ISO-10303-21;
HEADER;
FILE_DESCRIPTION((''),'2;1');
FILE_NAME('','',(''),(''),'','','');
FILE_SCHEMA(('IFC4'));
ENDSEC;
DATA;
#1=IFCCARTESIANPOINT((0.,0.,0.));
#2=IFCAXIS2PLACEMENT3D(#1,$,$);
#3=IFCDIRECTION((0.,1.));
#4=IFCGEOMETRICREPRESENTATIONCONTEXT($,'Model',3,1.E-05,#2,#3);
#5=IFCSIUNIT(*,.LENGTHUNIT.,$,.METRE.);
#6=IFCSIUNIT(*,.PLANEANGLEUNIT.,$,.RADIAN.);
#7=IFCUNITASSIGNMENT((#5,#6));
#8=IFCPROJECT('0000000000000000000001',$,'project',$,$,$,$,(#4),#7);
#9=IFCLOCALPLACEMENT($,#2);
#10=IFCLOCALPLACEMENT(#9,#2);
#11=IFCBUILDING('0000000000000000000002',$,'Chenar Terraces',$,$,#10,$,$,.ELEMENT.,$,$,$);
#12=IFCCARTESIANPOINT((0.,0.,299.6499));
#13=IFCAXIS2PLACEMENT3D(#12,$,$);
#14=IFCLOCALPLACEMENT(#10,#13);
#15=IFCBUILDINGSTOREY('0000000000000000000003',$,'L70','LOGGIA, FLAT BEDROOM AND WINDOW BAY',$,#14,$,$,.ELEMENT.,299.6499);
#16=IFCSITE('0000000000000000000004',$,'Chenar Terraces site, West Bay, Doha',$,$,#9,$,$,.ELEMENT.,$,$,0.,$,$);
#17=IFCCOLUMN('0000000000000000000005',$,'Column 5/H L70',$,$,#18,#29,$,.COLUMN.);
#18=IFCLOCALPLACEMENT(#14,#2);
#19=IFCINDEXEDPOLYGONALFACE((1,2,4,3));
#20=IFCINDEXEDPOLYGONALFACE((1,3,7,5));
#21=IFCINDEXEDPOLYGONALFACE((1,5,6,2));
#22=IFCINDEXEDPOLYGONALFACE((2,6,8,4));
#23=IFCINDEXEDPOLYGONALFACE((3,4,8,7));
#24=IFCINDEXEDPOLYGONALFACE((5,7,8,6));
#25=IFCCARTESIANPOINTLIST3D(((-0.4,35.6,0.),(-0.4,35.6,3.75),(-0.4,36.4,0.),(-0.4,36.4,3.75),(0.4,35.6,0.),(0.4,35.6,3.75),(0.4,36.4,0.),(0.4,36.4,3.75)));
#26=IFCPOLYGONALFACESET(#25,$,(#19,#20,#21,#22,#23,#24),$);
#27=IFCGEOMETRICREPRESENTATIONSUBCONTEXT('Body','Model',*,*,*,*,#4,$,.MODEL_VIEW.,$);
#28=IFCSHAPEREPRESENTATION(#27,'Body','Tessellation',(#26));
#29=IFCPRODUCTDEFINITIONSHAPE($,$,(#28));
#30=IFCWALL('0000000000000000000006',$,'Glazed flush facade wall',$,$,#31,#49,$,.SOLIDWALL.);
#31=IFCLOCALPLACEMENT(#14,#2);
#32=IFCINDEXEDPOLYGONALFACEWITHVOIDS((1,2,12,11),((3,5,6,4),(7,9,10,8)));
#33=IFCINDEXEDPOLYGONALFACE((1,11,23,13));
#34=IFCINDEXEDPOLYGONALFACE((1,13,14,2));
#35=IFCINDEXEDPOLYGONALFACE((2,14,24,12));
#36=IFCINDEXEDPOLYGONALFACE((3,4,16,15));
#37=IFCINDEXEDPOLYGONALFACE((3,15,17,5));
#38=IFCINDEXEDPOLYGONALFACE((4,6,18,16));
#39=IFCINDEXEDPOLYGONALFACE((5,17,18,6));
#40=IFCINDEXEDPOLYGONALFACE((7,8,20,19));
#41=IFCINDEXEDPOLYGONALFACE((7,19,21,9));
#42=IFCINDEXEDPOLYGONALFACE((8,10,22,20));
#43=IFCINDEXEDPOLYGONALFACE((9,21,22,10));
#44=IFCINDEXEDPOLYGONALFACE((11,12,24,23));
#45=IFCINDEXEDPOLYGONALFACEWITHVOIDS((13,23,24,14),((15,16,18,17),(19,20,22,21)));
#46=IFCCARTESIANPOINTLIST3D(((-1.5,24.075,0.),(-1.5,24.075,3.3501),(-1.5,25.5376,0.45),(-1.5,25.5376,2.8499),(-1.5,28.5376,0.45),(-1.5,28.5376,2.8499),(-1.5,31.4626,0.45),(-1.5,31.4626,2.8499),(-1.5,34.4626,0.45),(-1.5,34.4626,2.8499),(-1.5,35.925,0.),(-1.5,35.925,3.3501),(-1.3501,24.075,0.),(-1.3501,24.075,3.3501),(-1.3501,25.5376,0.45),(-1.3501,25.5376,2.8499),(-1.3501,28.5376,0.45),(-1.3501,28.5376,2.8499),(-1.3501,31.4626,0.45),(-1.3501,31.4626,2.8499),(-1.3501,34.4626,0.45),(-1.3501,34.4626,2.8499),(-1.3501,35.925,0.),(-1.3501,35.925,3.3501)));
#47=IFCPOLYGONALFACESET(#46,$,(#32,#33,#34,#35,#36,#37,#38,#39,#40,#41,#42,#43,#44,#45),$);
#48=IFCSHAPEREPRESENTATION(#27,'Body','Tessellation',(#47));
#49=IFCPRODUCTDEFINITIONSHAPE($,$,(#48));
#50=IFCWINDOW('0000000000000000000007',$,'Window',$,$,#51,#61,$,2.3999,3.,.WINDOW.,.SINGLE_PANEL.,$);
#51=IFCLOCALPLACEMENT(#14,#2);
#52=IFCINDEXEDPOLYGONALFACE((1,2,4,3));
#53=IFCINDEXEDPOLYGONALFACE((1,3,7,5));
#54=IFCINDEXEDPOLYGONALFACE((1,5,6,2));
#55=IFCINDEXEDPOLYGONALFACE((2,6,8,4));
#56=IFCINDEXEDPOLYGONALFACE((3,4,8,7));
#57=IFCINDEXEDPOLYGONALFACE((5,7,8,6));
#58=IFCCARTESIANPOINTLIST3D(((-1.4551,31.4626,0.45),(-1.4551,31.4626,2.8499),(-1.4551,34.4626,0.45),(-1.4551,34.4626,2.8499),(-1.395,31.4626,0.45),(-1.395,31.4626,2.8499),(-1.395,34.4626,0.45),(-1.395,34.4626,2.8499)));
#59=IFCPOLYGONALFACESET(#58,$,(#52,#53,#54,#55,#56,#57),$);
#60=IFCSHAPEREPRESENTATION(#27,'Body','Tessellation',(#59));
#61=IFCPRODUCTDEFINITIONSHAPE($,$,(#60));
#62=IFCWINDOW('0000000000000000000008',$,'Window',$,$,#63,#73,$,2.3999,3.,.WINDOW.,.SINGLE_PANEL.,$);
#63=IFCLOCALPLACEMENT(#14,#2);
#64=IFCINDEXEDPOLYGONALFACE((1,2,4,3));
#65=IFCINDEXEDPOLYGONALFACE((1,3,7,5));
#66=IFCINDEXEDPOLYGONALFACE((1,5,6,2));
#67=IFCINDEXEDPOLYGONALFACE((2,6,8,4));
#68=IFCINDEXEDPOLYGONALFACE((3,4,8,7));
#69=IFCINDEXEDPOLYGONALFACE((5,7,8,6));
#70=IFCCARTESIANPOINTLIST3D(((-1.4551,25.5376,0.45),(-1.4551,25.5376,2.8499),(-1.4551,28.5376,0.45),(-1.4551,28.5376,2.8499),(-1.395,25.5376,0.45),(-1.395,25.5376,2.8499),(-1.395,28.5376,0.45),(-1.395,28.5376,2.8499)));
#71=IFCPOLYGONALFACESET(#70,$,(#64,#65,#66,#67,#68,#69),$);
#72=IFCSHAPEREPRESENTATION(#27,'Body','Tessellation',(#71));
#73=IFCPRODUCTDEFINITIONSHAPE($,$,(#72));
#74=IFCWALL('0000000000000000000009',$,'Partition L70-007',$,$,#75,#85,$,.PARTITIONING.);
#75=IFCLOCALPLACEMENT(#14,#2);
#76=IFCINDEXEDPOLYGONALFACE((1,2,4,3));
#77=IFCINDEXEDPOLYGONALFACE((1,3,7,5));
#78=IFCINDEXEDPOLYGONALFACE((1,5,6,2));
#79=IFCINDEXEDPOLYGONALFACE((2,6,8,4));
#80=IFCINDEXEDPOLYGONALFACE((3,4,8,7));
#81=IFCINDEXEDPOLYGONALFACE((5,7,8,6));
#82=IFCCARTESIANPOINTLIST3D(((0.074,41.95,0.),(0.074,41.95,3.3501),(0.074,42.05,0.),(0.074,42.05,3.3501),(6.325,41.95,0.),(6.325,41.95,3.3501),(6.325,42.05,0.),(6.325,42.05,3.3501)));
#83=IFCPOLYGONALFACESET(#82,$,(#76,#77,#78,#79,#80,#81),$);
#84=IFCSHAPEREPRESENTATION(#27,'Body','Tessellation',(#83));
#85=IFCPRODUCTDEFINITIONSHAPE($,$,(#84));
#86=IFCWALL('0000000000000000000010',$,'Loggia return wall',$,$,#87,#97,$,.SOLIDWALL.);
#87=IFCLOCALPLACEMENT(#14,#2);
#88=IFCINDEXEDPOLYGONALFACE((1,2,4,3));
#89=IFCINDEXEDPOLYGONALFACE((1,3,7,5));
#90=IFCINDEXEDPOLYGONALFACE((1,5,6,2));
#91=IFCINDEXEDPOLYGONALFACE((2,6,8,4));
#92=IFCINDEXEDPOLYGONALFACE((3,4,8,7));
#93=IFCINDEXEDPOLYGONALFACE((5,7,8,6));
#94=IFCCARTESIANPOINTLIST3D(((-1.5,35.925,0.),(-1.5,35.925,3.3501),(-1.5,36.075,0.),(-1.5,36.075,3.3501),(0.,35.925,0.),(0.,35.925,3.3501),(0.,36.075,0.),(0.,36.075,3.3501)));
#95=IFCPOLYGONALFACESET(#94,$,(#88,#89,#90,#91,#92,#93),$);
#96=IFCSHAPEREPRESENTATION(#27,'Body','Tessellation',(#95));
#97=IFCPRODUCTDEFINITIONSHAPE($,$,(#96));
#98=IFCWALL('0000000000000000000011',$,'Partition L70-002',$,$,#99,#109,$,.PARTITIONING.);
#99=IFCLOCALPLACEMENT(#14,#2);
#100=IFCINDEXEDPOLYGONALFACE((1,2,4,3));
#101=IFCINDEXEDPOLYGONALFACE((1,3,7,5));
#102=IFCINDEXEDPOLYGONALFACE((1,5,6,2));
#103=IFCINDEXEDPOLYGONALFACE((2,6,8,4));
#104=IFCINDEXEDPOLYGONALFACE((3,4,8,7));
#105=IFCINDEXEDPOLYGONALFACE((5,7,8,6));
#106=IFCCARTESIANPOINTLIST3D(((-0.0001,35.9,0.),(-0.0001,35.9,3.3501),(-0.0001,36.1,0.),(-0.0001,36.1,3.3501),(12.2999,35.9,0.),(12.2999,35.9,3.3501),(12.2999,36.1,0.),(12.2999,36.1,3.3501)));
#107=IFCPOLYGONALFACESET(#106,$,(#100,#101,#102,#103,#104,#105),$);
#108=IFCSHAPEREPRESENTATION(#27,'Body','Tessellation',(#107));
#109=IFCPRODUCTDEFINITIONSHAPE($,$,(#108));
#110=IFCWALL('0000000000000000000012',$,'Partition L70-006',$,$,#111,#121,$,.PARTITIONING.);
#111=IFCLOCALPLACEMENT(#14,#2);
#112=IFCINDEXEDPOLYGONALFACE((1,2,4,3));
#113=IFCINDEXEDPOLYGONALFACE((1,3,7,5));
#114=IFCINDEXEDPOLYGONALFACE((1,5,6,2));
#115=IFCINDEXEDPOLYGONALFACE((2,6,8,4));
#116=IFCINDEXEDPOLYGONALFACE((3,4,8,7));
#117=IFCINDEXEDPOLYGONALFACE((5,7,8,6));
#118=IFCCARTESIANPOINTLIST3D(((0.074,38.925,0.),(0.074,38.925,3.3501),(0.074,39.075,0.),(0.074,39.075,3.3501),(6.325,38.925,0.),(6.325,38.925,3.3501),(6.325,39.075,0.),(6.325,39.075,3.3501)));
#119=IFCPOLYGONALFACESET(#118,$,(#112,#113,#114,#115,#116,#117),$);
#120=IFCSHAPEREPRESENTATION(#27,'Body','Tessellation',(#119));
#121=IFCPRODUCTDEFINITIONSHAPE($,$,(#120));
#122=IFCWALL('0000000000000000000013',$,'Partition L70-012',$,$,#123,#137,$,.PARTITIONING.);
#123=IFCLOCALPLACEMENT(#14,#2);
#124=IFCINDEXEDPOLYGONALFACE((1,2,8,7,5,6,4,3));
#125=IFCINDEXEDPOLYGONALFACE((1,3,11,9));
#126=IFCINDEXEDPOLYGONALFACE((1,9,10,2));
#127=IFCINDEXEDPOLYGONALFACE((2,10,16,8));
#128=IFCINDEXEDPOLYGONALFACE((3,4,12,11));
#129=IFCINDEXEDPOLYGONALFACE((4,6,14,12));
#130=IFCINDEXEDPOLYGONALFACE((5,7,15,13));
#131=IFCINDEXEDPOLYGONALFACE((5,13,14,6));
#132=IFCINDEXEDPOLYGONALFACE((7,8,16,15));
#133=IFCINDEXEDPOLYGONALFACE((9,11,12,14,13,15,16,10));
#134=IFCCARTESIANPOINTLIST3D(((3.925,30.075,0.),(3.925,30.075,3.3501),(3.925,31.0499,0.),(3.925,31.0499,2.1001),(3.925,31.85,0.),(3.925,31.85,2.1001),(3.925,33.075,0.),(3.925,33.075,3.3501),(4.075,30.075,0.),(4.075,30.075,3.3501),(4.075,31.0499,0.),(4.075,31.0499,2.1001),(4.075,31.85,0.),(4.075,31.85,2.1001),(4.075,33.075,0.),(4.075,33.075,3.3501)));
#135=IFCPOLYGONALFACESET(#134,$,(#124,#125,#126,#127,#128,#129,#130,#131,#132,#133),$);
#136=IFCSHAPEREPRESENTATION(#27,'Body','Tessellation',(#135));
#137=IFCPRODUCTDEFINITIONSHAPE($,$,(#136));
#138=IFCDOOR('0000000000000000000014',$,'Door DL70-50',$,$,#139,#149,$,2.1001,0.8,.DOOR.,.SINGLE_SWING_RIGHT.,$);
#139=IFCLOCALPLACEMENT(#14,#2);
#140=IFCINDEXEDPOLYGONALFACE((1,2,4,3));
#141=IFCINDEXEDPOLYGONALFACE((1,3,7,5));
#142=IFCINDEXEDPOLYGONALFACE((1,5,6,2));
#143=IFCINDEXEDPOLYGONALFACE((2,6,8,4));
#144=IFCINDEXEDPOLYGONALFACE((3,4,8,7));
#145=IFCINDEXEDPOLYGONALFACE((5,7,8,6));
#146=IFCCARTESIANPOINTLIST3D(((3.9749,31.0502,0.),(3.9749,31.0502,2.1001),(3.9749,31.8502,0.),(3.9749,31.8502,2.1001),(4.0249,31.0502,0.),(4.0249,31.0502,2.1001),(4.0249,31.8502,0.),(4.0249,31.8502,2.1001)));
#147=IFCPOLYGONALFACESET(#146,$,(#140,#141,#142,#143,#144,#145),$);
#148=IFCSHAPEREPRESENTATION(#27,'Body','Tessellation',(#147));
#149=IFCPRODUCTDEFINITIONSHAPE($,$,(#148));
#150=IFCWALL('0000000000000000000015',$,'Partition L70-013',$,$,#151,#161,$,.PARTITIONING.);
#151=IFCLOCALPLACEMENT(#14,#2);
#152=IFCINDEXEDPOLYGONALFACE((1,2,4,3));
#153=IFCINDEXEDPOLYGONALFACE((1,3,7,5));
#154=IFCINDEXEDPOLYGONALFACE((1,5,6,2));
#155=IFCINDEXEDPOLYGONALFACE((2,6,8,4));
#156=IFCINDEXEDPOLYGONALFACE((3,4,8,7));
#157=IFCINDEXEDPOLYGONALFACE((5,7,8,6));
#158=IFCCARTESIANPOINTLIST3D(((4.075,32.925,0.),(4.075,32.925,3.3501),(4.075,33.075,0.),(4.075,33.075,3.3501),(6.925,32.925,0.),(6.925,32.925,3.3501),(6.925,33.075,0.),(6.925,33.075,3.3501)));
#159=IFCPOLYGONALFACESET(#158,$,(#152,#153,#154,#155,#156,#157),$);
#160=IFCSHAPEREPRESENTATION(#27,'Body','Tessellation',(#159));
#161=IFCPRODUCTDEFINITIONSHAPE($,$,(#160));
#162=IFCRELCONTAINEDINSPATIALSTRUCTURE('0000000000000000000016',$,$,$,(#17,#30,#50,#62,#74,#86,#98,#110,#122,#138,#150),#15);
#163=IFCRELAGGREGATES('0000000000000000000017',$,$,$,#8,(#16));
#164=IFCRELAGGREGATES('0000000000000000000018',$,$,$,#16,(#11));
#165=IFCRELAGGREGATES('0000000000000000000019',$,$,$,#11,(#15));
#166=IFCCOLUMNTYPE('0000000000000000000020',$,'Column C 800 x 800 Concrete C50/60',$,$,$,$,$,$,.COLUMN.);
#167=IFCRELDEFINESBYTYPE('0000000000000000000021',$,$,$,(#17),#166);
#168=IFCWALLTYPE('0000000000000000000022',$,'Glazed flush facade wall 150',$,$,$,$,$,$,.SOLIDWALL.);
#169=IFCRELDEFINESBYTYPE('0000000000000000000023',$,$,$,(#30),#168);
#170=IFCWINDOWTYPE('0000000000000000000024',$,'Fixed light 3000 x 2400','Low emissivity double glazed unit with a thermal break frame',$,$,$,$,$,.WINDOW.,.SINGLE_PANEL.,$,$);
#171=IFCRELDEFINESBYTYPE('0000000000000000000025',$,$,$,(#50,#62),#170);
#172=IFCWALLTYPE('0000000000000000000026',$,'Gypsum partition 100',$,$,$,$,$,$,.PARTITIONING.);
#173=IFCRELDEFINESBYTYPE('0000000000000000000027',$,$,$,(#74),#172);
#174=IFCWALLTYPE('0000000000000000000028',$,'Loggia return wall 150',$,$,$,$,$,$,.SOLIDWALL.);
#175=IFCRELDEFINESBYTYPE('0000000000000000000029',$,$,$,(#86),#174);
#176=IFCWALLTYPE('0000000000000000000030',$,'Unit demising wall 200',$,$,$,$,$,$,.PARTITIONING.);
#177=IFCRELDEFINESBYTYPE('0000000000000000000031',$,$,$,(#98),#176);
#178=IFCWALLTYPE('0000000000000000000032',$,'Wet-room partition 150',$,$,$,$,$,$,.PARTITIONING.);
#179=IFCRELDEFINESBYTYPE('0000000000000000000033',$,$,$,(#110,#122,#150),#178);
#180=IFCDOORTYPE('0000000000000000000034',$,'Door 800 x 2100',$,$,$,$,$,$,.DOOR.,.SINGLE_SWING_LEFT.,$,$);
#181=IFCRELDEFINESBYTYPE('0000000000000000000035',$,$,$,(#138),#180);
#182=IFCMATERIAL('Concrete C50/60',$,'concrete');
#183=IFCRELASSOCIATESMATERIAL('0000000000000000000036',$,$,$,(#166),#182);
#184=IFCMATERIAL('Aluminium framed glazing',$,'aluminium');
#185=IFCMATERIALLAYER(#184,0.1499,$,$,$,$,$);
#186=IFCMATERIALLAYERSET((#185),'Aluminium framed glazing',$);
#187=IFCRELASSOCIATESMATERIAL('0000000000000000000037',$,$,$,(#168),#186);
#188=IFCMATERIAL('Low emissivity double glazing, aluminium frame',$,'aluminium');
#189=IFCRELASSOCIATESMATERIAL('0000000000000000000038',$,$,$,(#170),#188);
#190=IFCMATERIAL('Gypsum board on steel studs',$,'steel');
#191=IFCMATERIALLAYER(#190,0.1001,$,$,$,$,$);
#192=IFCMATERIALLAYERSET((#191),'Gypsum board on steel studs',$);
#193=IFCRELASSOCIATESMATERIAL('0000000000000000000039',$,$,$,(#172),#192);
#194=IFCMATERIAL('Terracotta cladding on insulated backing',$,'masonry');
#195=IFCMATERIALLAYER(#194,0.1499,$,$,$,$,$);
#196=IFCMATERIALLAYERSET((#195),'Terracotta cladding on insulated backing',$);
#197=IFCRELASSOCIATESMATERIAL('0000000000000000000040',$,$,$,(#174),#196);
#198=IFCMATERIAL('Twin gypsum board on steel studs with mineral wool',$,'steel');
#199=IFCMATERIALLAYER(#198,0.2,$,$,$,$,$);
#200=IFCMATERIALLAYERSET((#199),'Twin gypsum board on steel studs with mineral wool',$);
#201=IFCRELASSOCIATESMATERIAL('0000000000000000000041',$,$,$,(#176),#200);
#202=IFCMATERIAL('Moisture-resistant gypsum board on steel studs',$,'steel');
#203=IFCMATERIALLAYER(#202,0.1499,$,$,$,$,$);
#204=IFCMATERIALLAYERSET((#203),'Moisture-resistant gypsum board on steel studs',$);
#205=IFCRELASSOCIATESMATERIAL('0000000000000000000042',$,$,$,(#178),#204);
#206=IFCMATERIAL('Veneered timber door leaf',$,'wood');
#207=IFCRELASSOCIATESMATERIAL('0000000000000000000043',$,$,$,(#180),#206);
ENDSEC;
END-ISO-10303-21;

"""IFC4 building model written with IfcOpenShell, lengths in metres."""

from ifc_helpers import new_model, si_unit, direction, frame, frame_2d, origin, origin_2d, place, context, subcontext, project, spatial, rectangle, extrude, material, layer, layer_set, material_profile, profile_set, type_object, element, fill, save


model = new_model("IFC4")

# Units and contexts
model_context = context("Model", 3, precision=1e-05, world=origin(), true_north=direction((0.0, 1.0)))
body_context = subcontext(model_context, "Body", "Model", "MODEL_VIEW")
ifc_project = project(units=[si_unit("LENGTHUNIT", "METRE"), si_unit("PLANEANGLEUNIT", "RADIAN")], contexts=[model_context])

# Site, building, storey
site_placement = place(None, origin())
site = spatial("IfcSite", under=ifc_project, at=site_placement, Name="Chenar Terraces site, West Bay, Doha", CompositionType="ELEMENT", RefElevation=0.0)
building_placement = place(site_placement, origin())
building = spatial("IfcBuilding", under=site, at=building_placement, Name="Chenar Terraces", CompositionType="ELEMENT")
storey_placement = place(building_placement, frame((0.0, 0.0, 299.6499)))
storey = spatial("IfcBuildingStorey", under=building, at=storey_placement, Name="L70", Description="LOGGIA, FLAT BEDROOM AND WINDOW BAY", CompositionType="ELEMENT", Elevation=299.6499)

# Column
ifc_material_1 = material(Name="Concrete C50/60", Category="concrete")
ifc_material_profile = material_profile(ifc_material_1, rectangle(XDim=0.8, YDim=0.8, at=origin_2d()), Name="C 800 x 800")
ifc_profile_set = profile_set([ifc_material_profile], Name="Concrete C50/60")
column_type = type_object("IfcColumnType", Name="Column C 800 x 800 Concrete C50/60", PredefinedType="COLUMN", material=ifc_profile_set)
placement = place(storey_placement, frame((0.0, 36.0, 0.0), z_axis=(0.0, 0.0, 1.0), x_axis=(1.0, 0.0, 0.0)))
element("IfcColumn", 1, at=placement, inside=storey, type_object=column_type, Name="Column 5/H L70", PredefinedType="COLUMN", context=body_context, shape_type="SweptSolid", body=[
    extrude(rectangle(XDim=0.8, YDim=0.8, at=origin_2d()), origin(), (0.0, 0.0, 1.0), 3.75),
])

# Wall, openings, windows
ifc_material_2 = material(Name="Aluminium framed glazing", Category="aluminium")
ifc_layer_1 = layer(ifc_material_2, 0.1499)
ifc_layer_set_1 = layer_set([ifc_layer_1], Name="Aluminium framed glazing")
wall_type_1 = type_object("IfcWallType", Name="Glazed flush facade wall 150", PredefinedType="SOLIDWALL", material=ifc_layer_set_1)
wall_1_placement = place(storey_placement, frame((-1.425, 35.925, 0.0), z_axis=(0.0, 0.0, 1.0), x_axis=(0.0, -1.0, 0.0)))
wall_1 = element("IfcWall", 2, at=wall_1_placement, inside=storey, type_object=wall_type_1, Name="Glazed flush facade wall", PredefinedType="SOLIDWALL", context=body_context, shape_type="SweptSolid", body=[
    extrude(rectangle(XDim=11.8501, YDim=0.1499, at=frame_2d((5.925, 0.0))), origin(), (0.0, 0.0, 1.0), 3.3501),
])
opening_1_placement = place(wall_1_placement, frame((1.4624, 0.0, 0.45)))
opening_1 = element("IfcOpeningElement", 3, at=opening_1_placement, cuts=wall_1, PredefinedType="OPENING", context=body_context, shape_type="SweptSolid", body=[
    extrude(rectangle(XDim=3.0, YDim=2.3999, at=frame_2d((1.5, 1.2))), frame((0.0, 0.085, 0.0), z_axis=(0.0, -1.0, 0.0), x_axis=(1.0, 0.0, 0.0)), (0.0, 0.0, 1.0), 0.1699),
])
opening_2_placement = place(wall_1_placement, frame((7.3875, 0.0, 0.45)))
opening_2 = element("IfcOpeningElement", 4, at=opening_2_placement, cuts=wall_1, PredefinedType="OPENING", context=body_context, shape_type="SweptSolid", body=[
    extrude(rectangle(XDim=3.0, YDim=2.3999, at=frame_2d((1.5, 1.2))), frame((0.0, 0.085, 0.0), z_axis=(0.0, -1.0, 0.0), x_axis=(1.0, 0.0, 0.0)), (0.0, 0.0, 1.0), 0.1699),
])
ifc_material_3 = material(Name="Low emissivity double glazing, aluminium frame", Category="aluminium")
window_type = type_object("IfcWindowType", Name="Fixed light 3000 x 2400", Description="Low emissivity double glazed unit with a thermal break frame", PartitioningType="SINGLE_PANEL", PredefinedType="WINDOW", material=ifc_material_3)
window_1_placement = place(opening_1_placement, origin())
window_1 = element("IfcWindow", 5, at=window_1_placement, inside=storey, type_object=window_type, Name="Window", OverallHeight=2.3999, OverallWidth=3.0, PartitioningType="SINGLE_PANEL", PredefinedType="WINDOW", context=body_context, shape_type="SweptSolid", body=[
    extrude(rectangle(XDim=3.0, YDim=2.3999, at=frame_2d((1.5, 1.2))), frame((0.0, 0.03, 0.0), z_axis=(0.0, -1.0, 0.0), x_axis=(1.0, 0.0, 0.0)), (0.0, 0.0, 1.0), 0.0601),
])
fill(opening_1, window_1)
window_2_placement = place(opening_2_placement, origin())
window_2 = element("IfcWindow", 6, at=window_2_placement, inside=storey, type_object=window_type, Name="Window", OverallHeight=2.3999, OverallWidth=3.0, PartitioningType="SINGLE_PANEL", PredefinedType="WINDOW", context=body_context, shape_type="SweptSolid", body=[
    extrude(rectangle(XDim=3.0, YDim=2.3999, at=frame_2d((1.5, 1.2))), frame((0.0, 0.03, 0.0), z_axis=(0.0, -1.0, 0.0), x_axis=(1.0, 0.0, 0.0)), (0.0, 0.0, 1.0), 0.0601),
])
fill(opening_2, window_2)

# Walls
ifc_material_4 = material(Name="Gypsum board on steel studs", Category="steel")
ifc_layer_2 = layer(ifc_material_4, 0.1001)
ifc_layer_set_2 = layer_set([ifc_layer_2], Name="Gypsum board on steel studs")
wall_type_2 = type_object("IfcWallType", Name="Gypsum partition 100", PredefinedType="PARTITIONING", material=ifc_layer_set_2)
wall_2_placement = place(storey_placement, frame((0.074, 42.0, 0.0), z_axis=(0.0, 0.0, 1.0), x_axis=(1.0, 0.0, 0.0)))
element("IfcWall", 7, at=wall_2_placement, inside=storey, type_object=wall_type_2, Name="Partition L70-007", PredefinedType="PARTITIONING", context=body_context, shape_type="SweptSolid", body=[
    extrude(rectangle(XDim=6.251, YDim=0.1001, at=frame_2d((3.1255, 0.0))), origin(), (0.0, 0.0, 1.0), 3.3501),
])
ifc_material_5 = material(Name="Terracotta cladding on insulated backing", Category="masonry")
ifc_layer_3 = layer(ifc_material_5, 0.1499)
ifc_layer_set_3 = layer_set([ifc_layer_3], Name="Terracotta cladding on insulated backing")
wall_type_3 = type_object("IfcWallType", Name="Loggia return wall 150", PredefinedType="SOLIDWALL", material=ifc_layer_set_3)
wall_3_placement = place(storey_placement, frame((-1.5, 36.0, 0.0), z_axis=(0.0, 0.0, 1.0), x_axis=(1.0, 0.0, 0.0)))
element("IfcWall", 8, at=wall_3_placement, inside=storey, type_object=wall_type_3, Name="Loggia return wall", PredefinedType="SOLIDWALL", context=body_context, shape_type="SweptSolid", body=[
    extrude(rectangle(XDim=1.5, YDim=0.1499, at=frame_2d((0.75, 0.0))), origin(), (0.0, 0.0, 1.0), 3.3501),
])
ifc_material_6 = material(Name="Twin gypsum board on steel studs with mineral wool", Category="steel")
ifc_layer_4 = layer(ifc_material_6, 0.2)
ifc_layer_set_4 = layer_set([ifc_layer_4], Name="Twin gypsum board on steel studs with mineral wool")
wall_type_4 = type_object("IfcWallType", Name="Unit demising wall 200", PredefinedType="PARTITIONING", material=ifc_layer_set_4)
element("IfcWall", 9, at=placement, inside=storey, type_object=wall_type_4, Name="Partition L70-002", PredefinedType="PARTITIONING", context=body_context, shape_type="SweptSolid", body=[
    extrude(rectangle(XDim=12.3, YDim=0.2, at=frame_2d((6.1499, 0.0))), origin(), (0.0, 0.0, 1.0), 3.3501),
])
ifc_material_7 = material(Name="Moisture-resistant gypsum board on steel studs", Category="steel")
ifc_layer_5 = layer(ifc_material_7, 0.1499)
ifc_layer_set_5 = layer_set([ifc_layer_5], Name="Moisture-resistant gypsum board on steel studs")
wall_type_5 = type_object("IfcWallType", Name="Wet-room partition 150", PredefinedType="PARTITIONING", material=ifc_layer_set_5)
wall_4_placement = place(storey_placement, frame((0.074, 39.0, 0.0), z_axis=(0.0, 0.0, 1.0), x_axis=(1.0, 0.0, 0.0)))
element("IfcWall", 10, at=wall_4_placement, inside=storey, type_object=wall_type_5, Name="Partition L70-006", PredefinedType="PARTITIONING", context=body_context, shape_type="SweptSolid", body=[
    extrude(rectangle(XDim=6.251, YDim=0.1499, at=frame_2d((3.1255, 0.0))), origin(), (0.0, 0.0, 1.0), 3.3501),
])

# Wall, opening, door
wall_5_placement = place(storey_placement, frame((4.0, 30.075, 0.0), z_axis=(0.0, 0.0, 1.0), x_axis=(0.0, 1.0, 0.0)))
wall_5 = element("IfcWall", 11, at=wall_5_placement, inside=storey, type_object=wall_type_5, Name="Partition L70-012", PredefinedType="PARTITIONING", context=body_context, shape_type="SweptSolid", body=[
    extrude(rectangle(XDim=3.0, YDim=0.1499, at=frame_2d((1.5, 0.0))), origin(), (0.0, 0.0, 1.0), 3.3501),
])
opening_3_placement = place(wall_5_placement, frame((0.9751, 0.0, 0.0)))
opening_3 = element("IfcOpeningElement", 12, at=opening_3_placement, cuts=wall_5, PredefinedType="OPENING", context=body_context, shape_type="SweptSolid", body=[
    extrude(rectangle(XDim=0.8, YDim=2.1001, at=frame_2d((0.3999, 1.05))), frame((0.0, 0.085, 0.0), z_axis=(0.0, -1.0, 0.0), x_axis=(1.0, 0.0, 0.0)), (0.0, 0.0, 1.0), 0.1699),
])
ifc_material_8 = material(Name="Veneered timber door leaf", Category="wood")
door_type_1 = type_object("IfcDoorType", Name="Door 800 x 2100", OperationType="SINGLE_SWING_LEFT", PredefinedType="DOOR", material=ifc_material_8)
door_1_placement = place(opening_3_placement, frame((0.8, 0.0, 0.0), z_axis=(0.0, 0.0, 1.0), x_axis=(-1.0, 0.0, 0.0)))
door_1 = element("IfcDoor", 13, at=door_1_placement, inside=storey, type_object=door_type_1, Name="Door DL70-50", OperationType="SINGLE_SWING_RIGHT", OverallHeight=2.1001, OverallWidth=0.8, PredefinedType="DOOR", context=body_context, shape_type="SweptSolid", body=[
    extrude(rectangle(XDim=0.8, YDim=2.1001, at=frame_2d((0.3999, 1.05))), frame((0.0, 0.0249, 0.0), z_axis=(0.0, -1.0, 0.0), x_axis=(1.0, 0.0, 0.0)), (0.0, 0.0, 1.0), 0.05),
])
fill(opening_3, door_1)

# Wall
wall_6_placement = place(storey_placement, frame((4.075, 33.0, 0.0), z_axis=(0.0, 0.0, 1.0), x_axis=(1.0, 0.0, 0.0)))
element("IfcWall", 14, at=wall_6_placement, inside=storey, type_object=wall_type_5, Name="Partition L70-013", PredefinedType="PARTITIONING", context=body_context, shape_type="SweptSolid", body=[
    extrude(rectangle(XDim=2.8501, YDim=0.1499, at=frame_2d((1.425, 0.0))), origin(), (0.0, 0.0, 1.0), 3.3501),
])

save(model, "model.ifc")
